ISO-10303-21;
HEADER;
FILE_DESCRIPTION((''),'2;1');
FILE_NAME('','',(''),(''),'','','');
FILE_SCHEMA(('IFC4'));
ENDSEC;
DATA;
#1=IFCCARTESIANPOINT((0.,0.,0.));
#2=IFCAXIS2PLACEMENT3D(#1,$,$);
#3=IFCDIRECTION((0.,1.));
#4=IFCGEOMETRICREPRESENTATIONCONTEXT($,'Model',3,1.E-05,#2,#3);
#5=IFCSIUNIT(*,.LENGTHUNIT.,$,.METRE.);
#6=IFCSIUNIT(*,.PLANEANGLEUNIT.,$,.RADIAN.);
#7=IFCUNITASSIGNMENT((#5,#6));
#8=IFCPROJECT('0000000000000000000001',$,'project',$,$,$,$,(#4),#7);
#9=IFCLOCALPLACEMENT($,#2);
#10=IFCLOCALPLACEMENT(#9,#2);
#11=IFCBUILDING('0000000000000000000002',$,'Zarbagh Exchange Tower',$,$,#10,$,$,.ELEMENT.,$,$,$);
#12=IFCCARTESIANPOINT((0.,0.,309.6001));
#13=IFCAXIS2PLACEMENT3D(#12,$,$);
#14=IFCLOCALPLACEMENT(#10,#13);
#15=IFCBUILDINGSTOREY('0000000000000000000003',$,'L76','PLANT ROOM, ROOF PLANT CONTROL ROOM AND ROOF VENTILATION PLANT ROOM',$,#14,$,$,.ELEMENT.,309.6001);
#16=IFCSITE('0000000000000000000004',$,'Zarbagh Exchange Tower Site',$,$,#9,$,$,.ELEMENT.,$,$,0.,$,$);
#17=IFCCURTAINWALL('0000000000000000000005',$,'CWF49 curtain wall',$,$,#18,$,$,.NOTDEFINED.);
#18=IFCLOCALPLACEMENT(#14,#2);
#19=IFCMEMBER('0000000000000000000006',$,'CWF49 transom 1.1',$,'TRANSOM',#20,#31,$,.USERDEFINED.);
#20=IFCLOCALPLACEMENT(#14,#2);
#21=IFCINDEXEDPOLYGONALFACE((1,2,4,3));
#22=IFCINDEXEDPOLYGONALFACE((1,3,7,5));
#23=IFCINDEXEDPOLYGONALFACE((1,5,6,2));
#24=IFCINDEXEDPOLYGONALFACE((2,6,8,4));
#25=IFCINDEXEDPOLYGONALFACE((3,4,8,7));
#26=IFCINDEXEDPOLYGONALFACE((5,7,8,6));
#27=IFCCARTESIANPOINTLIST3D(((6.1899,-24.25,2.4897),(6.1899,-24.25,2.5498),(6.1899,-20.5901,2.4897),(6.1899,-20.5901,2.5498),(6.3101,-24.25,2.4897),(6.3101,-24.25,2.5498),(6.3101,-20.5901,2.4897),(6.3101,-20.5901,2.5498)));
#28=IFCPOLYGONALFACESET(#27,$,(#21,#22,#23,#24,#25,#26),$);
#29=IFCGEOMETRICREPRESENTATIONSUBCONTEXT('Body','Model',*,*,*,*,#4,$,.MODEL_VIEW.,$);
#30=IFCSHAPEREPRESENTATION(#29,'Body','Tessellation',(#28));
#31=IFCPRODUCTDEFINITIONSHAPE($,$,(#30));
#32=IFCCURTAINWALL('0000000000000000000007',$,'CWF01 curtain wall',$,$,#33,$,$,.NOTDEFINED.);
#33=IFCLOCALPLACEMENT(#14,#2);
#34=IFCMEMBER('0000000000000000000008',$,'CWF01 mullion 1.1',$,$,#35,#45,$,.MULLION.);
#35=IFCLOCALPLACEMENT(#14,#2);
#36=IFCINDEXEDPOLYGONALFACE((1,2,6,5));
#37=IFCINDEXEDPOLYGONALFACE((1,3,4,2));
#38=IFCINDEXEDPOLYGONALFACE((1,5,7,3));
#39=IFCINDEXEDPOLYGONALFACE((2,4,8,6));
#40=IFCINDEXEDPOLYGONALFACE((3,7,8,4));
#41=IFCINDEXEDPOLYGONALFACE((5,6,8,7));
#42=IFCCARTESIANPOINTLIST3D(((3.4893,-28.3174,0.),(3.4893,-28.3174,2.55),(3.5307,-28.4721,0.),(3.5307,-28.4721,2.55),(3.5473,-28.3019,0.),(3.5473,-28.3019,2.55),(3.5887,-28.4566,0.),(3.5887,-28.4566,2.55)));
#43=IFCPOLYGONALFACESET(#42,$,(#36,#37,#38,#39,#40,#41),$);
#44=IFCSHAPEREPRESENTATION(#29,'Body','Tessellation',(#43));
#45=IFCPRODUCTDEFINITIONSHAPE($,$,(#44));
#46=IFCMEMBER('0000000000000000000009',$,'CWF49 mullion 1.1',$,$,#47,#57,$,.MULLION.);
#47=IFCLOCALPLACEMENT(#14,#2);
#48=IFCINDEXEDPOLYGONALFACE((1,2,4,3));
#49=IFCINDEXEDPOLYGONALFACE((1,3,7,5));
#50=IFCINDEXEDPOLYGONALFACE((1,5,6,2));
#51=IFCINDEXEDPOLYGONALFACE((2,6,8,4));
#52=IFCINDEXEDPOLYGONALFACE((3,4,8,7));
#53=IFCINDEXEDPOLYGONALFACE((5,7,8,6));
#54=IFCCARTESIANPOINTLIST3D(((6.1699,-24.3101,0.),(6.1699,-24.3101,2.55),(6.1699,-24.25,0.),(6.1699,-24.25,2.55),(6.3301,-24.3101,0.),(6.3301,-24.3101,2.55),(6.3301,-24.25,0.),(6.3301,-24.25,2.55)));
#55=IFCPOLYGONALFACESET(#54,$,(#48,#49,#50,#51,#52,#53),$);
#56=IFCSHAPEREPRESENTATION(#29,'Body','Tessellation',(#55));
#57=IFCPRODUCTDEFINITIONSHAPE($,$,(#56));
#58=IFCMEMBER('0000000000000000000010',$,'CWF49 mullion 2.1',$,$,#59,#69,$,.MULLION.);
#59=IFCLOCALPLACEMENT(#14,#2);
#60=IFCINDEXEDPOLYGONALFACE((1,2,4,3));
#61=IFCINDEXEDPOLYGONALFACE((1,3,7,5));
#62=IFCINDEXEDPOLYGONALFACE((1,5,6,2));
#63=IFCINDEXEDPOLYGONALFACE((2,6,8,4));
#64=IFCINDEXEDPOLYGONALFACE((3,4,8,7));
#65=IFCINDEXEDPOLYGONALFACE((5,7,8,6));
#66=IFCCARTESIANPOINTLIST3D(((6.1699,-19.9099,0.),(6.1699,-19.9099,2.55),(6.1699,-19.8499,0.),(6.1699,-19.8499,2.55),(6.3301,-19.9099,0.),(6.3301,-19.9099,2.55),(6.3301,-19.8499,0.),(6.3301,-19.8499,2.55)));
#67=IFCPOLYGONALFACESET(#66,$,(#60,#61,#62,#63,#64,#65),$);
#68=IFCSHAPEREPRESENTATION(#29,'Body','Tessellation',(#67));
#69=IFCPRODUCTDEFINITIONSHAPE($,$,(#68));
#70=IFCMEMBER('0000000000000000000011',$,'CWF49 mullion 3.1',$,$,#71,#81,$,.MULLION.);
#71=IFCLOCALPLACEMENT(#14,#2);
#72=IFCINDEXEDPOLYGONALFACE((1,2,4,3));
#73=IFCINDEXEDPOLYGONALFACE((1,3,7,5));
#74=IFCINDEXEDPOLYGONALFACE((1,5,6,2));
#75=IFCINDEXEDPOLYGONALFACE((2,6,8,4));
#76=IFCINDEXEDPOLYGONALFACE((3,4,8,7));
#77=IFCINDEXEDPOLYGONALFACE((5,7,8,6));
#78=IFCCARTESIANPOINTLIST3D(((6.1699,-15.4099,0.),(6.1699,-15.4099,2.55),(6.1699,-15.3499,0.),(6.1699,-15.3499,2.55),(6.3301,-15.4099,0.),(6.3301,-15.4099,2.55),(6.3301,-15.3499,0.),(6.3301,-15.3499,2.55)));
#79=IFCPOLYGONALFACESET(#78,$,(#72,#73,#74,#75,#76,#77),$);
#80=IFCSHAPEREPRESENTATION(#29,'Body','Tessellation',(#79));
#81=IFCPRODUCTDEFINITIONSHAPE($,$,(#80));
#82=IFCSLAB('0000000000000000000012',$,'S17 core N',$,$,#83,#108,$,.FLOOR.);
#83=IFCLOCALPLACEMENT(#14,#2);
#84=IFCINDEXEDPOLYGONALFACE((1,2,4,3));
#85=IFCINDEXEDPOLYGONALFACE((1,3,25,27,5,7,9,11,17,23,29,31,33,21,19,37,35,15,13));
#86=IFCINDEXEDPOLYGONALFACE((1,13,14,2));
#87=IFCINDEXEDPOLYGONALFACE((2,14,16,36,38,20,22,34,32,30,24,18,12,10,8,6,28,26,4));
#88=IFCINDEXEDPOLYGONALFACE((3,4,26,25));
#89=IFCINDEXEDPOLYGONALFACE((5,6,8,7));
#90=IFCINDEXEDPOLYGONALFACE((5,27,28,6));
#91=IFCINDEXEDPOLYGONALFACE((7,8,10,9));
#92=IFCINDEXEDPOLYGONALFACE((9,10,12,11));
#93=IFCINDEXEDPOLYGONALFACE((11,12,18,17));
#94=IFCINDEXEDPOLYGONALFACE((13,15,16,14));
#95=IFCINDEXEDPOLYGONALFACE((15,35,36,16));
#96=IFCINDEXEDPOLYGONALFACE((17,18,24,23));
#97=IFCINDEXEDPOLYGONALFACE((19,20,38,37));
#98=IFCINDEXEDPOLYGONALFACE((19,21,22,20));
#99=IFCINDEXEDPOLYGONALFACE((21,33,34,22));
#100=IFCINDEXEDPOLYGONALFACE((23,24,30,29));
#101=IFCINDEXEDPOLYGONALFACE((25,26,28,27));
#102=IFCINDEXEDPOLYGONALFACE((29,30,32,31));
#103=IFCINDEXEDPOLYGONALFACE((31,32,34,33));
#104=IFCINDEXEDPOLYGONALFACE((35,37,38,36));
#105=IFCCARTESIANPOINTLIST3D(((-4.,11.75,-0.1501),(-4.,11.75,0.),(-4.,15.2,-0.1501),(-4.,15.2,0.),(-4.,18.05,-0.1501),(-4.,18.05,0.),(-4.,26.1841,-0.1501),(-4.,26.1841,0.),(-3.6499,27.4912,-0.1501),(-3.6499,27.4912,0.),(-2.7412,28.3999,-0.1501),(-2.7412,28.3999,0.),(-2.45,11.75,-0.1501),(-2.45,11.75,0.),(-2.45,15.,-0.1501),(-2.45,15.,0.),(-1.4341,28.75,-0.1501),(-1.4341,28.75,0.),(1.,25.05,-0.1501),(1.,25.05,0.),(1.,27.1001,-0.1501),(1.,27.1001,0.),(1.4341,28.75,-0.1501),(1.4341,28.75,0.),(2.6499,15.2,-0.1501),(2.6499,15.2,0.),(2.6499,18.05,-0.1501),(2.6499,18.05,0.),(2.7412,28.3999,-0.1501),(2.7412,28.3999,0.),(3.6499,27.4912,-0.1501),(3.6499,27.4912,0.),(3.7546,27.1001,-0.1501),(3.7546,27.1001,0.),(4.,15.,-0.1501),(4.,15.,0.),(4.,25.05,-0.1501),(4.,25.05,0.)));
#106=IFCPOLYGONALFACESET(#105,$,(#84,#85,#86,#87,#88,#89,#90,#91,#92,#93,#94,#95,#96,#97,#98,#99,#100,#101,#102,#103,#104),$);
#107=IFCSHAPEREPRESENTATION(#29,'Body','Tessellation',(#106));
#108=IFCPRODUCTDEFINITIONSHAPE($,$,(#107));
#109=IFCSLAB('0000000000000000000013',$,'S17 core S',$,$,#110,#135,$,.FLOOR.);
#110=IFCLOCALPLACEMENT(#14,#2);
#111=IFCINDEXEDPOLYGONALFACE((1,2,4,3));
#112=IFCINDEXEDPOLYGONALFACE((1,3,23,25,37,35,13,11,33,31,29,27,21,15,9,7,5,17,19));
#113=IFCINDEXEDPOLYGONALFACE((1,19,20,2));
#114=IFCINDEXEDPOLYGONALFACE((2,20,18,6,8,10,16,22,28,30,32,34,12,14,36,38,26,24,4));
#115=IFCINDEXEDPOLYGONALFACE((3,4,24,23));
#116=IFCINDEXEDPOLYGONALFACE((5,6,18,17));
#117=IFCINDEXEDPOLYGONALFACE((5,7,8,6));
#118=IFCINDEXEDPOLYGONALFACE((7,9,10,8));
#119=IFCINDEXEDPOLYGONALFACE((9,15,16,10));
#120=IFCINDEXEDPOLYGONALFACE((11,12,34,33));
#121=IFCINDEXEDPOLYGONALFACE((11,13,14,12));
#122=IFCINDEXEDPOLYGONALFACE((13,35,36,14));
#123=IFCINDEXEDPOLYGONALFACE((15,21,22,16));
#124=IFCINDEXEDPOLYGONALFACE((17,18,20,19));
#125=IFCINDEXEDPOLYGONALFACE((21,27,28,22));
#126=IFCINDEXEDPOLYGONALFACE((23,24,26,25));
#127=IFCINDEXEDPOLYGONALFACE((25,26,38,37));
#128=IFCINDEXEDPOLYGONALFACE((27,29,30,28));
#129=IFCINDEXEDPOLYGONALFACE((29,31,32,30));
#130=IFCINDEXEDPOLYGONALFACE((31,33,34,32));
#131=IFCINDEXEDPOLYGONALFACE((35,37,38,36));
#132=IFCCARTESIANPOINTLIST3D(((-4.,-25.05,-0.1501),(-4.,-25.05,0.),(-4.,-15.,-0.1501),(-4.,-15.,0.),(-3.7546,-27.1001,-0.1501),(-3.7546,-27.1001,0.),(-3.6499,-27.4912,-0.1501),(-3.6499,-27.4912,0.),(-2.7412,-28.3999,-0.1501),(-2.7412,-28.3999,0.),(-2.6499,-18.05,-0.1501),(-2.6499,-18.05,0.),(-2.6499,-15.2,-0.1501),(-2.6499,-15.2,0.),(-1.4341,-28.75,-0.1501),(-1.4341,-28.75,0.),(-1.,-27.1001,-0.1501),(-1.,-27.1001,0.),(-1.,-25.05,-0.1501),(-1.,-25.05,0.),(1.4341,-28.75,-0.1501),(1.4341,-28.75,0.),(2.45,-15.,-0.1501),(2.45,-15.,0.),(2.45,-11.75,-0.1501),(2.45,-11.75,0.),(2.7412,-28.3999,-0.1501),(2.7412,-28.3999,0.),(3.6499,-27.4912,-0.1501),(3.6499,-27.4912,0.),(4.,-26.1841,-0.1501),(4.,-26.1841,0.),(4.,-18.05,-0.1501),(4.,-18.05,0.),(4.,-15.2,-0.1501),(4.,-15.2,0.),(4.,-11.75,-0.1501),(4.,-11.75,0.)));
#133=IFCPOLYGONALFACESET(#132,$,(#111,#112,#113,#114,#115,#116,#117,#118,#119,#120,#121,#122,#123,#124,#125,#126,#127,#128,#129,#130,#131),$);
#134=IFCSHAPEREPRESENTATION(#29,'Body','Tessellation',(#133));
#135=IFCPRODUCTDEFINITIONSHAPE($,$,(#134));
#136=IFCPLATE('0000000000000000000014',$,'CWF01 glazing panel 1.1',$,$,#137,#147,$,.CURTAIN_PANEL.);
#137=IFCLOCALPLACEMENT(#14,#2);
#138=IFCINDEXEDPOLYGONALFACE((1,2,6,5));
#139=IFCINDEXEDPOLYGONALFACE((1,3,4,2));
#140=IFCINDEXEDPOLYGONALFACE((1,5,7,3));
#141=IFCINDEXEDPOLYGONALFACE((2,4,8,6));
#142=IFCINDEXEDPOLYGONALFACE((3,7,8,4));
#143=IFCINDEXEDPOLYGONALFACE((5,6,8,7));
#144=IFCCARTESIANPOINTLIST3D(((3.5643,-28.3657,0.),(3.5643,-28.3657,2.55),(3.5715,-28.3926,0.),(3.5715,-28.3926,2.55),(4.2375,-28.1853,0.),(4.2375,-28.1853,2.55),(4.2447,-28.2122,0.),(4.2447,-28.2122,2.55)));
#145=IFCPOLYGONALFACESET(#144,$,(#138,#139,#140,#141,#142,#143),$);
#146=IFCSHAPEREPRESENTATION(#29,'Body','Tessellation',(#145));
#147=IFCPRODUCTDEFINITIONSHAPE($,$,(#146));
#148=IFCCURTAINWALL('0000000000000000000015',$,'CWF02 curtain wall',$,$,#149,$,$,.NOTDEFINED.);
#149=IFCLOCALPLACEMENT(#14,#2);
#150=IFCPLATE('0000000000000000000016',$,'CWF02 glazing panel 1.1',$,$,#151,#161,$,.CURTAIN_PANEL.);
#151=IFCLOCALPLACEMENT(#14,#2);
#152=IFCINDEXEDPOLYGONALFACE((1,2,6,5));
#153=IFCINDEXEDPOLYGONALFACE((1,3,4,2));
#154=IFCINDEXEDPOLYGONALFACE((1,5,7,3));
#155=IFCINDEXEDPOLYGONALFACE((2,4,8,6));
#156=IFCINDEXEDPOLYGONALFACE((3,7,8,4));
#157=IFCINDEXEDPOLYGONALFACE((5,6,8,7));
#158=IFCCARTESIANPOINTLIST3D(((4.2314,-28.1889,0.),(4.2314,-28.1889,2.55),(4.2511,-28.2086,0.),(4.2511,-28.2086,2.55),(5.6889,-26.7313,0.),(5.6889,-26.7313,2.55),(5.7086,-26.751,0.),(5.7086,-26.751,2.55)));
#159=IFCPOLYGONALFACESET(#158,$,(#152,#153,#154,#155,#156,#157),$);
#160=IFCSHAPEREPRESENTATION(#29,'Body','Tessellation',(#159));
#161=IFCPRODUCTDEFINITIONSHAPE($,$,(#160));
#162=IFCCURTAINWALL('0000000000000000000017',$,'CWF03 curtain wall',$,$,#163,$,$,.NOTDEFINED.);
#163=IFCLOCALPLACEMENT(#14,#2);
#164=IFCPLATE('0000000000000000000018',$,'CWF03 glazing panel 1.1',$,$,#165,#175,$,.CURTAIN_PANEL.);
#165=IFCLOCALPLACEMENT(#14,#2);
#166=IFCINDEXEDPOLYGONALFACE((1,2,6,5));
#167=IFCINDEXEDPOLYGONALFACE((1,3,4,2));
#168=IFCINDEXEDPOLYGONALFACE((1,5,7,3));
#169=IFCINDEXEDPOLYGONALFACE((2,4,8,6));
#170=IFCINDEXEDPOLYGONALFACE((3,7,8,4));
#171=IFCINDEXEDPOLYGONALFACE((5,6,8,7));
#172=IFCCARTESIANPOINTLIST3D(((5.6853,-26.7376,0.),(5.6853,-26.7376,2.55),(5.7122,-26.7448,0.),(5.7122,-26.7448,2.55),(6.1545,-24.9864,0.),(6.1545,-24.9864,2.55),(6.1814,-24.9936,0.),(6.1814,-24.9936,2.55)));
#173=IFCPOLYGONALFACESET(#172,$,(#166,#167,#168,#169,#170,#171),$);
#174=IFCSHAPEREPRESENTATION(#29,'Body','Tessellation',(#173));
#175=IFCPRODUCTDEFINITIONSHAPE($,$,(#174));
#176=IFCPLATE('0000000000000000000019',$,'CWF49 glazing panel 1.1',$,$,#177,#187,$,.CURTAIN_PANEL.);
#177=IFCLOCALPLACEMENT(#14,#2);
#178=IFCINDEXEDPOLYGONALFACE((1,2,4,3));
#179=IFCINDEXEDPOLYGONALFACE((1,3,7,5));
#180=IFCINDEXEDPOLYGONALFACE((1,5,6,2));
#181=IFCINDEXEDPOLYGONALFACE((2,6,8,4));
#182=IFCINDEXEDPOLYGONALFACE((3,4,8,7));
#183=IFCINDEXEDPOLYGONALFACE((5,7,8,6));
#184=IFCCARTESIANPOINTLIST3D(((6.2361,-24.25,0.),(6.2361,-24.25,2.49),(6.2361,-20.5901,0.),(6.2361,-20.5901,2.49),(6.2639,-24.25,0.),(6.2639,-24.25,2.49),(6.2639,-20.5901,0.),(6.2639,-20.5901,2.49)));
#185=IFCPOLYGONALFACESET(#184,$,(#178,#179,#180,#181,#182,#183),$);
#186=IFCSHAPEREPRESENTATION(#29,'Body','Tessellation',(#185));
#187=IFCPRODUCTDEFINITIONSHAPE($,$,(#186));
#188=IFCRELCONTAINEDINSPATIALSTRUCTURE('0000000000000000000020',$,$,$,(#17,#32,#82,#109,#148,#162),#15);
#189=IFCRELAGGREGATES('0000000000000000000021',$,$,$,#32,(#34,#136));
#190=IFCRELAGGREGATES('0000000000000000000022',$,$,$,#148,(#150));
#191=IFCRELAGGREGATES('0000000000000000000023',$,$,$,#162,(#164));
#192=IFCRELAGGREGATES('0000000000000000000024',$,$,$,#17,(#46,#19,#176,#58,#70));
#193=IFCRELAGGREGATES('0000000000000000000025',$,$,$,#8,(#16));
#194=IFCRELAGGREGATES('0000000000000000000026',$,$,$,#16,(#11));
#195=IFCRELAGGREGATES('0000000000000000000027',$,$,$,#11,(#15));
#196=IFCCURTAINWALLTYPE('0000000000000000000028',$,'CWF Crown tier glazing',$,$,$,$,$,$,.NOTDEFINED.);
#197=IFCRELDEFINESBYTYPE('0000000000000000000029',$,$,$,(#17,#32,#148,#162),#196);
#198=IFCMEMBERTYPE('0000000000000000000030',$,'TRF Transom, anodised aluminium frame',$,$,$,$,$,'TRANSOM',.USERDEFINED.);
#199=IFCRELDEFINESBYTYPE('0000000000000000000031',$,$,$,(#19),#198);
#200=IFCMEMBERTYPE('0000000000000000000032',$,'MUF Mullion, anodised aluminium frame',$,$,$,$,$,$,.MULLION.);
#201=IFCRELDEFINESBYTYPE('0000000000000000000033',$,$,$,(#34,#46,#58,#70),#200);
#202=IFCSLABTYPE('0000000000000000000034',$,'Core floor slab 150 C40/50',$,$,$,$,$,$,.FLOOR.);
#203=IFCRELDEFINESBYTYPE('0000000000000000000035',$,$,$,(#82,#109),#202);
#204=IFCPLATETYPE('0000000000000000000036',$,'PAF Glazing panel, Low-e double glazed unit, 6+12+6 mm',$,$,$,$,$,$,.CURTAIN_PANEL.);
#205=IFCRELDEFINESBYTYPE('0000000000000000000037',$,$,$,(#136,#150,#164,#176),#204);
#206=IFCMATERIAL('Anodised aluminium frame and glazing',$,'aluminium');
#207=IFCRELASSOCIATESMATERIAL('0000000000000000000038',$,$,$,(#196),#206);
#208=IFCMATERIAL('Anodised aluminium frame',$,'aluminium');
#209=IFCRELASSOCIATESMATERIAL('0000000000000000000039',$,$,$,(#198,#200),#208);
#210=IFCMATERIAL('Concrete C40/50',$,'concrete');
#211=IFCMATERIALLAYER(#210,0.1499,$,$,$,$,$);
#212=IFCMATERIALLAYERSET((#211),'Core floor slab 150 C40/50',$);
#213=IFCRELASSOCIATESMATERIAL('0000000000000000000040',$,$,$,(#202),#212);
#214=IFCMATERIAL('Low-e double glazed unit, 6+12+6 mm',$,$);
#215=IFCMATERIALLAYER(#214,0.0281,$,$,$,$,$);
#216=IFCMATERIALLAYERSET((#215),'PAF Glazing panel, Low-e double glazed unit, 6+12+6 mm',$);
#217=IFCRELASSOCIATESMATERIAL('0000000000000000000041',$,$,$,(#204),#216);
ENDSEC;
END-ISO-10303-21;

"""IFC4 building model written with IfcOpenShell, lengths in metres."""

from ifc_helpers import new_model, si_unit, direction, frame, origin, place, context, subcontext, project, spatial, polyline, outline, extrude, source, transform, mapped, material, layer, layer_set, type_object, element, aggregate, save


model = new_model("IFC4")

# Units and contexts
model_context = context("Model", 3, precision=1e-05, world=origin(), true_north=direction((0.0, 1.0)))
body_context = subcontext(model_context, "Body", "Model", "MODEL_VIEW")
ifc_project = project(units=[si_unit("LENGTHUNIT", "METRE"), si_unit("PLANEANGLEUNIT", "RADIAN")], contexts=[model_context])

# Site, building, storey
site_placement = place(None, origin())
site = spatial("IfcSite", under=ifc_project, at=site_placement, Name="Zarbagh Exchange Tower Site", CompositionType="ELEMENT", RefElevation=0.0)
building_placement = place(site_placement, origin())
building = spatial("IfcBuilding", under=site, at=building_placement, Name="Zarbagh Exchange Tower", CompositionType="ELEMENT")
storey_placement = place(building_placement, frame((0.0, 0.0, 309.6001)))
storey = spatial("IfcBuildingStorey", under=building, at=storey_placement, Name="L76", Description="PLANT ROOM, ROOF PLANT CONTROL ROOM AND ROOF VENTILATION PLANT ROOM", CompositionType="ELEMENT", Elevation=309.6001)

# Curtain walls, members
ifc_material_1 = material(Name="Anodised aluminium frame and glazing", Category="aluminium")
curtain_wall_type = type_object("IfcCurtainWallType", Name="CWF Crown tier glazing", PredefinedType="NOTDEFINED", material=ifc_material_1)
curtain_wall_1_placement = place(storey_placement, origin())
curtain_wall_1 = element("IfcCurtainWall", 1, at=curtain_wall_1_placement, inside=storey, type_object=curtain_wall_type, Name="CWF49 curtain wall", PredefinedType="NOTDEFINED")
ifc_material_2 = material(Name="Anodised aluminium frame", Category="aluminium")
member_type_1 = type_object("IfcMemberType", Name="TRF Transom, anodised aluminium frame", ElementType="TRANSOM", PredefinedType="USERDEFINED", material=ifc_material_2)
shared_shape_1 = source(origin(), body_context, "Body", "SweptSolid", [
    extrude(outline(polyline([(-0.0601, -0.0601), (0.0, -0.0601), (0.0, 0.0601), (-0.0601, 0.0601), (-0.0601, -0.0601)])), origin(), (0.0, 0.0, 1.0), 3.6599),
])
placement = place(storey_placement, origin())
member_1 = element("IfcMember", 2, at=placement, type_object=member_type_1, Name="CWF49 transom 1.1", ObjectType="TRANSOM", PredefinedType="USERDEFINED", context=body_context, shape_type="MappedRepresentation", body=[
    mapped(shared_shape_1, transform((6.25, -24.25, 2.5498), x_axis=(0.0, 0.0, 1.0), y_axis=(1.0, 0.0, 0.0), z_axis=(0.0, 1.0, 0.0))),
])
curtain_wall_2_placement = place(storey_placement, origin())
curtain_wall_2 = element("IfcCurtainWall", 3, at=curtain_wall_2_placement, inside=storey, type_object=curtain_wall_type, Name="CWF01 curtain wall", PredefinedType="NOTDEFINED")
member_type_2 = type_object("IfcMemberType", Name="MUF Mullion, anodised aluminium frame", PredefinedType="MULLION", material=ifc_material_2)
shared_shape_2 = source(origin(), body_context, "Body", "SweptSolid", [
    extrude(outline(polyline([(0.0, -0.0801), (0.0601, -0.0801), (0.0601, 0.0801), (0.0, 0.0801), (0.0, -0.0801)])), origin(), (0.0, 0.0, 1.0), 2.55),
])
member_2 = element("IfcMember", 4, at=placement, type_object=member_type_2, Name="CWF01 mullion 1.1", PredefinedType="MULLION", context=body_context, shape_type="MappedRepresentation", body=[
    mapped(shared_shape_2, transform((3.51, -28.3948, 0.0), x_axis=(0.965924, 0.258825, 0.0), y_axis=(-0.258825, 0.965924, 0.0), z_axis=(0.0, 0.0, 1.0))),
])

# Members
member_3 = element("IfcMember", 5, at=placement, type_object=member_type_2, Name="CWF49 mullion 1.1", PredefinedType="MULLION", context=body_context, shape_type="MappedRepresentation", body=[
    mapped(shared_shape_2, transform((6.25, -24.3101, 0.0), x_axis=(0.0, 1.0, 0.0), y_axis=(-1.0, 0.0, 0.0), z_axis=(0.0, 0.0, 1.0))),
])
member_4 = element("IfcMember", 6, at=placement, type_object=member_type_2, Name="CWF49 mullion 2.1", PredefinedType="MULLION", context=body_context, shape_type="MappedRepresentation", body=[
    mapped(shared_shape_2, transform((6.25, -19.9099, 0.0), x_axis=(0.0, 1.0, 0.0), y_axis=(-1.0, 0.0, 0.0), z_axis=(0.0, 0.0, 1.0))),
])
member_5 = element("IfcMember", 7, at=placement, type_object=member_type_2, Name="CWF49 mullion 3.1", PredefinedType="MULLION", context=body_context, shape_type="MappedRepresentation", body=[
    mapped(shared_shape_2, transform((6.25, -15.4099, 0.0), x_axis=(0.0, 1.0, 0.0), y_axis=(-1.0, 0.0, 0.0), z_axis=(0.0, 0.0, 1.0))),
])

# Slabs
ifc_material_3 = material(Name="Concrete C40/50", Category="concrete")
ifc_layer_1 = layer(ifc_material_3, 0.1499)
ifc_layer_set_1 = layer_set([ifc_layer_1], Name="Core floor slab 150 C40/50")
slab_type = type_object("IfcSlabType", Name="Core floor slab 150 C40/50", PredefinedType="FLOOR", material=ifc_layer_set_1)
slab_1_placement = place(storey_placement, frame((0.0, 0.0, -0.1501)))
element("IfcSlab", 8, at=slab_1_placement, inside=storey, type_object=slab_type, Name="S17 core N", PredefinedType="FLOOR", context=body_context, shape_type="SweptSolid", body=[
    extrude(outline(polyline([(-4.0, 11.75), (-4.0, 15.2), (2.6499, 15.2), (2.6499, 18.05), (-4.0, 18.05), (-4.0, 26.1841), (-3.6499, 27.4912), (-2.7412, 28.3999), (-1.4341, 28.75), (1.4341, 28.75), (2.7412, 28.3999), (3.6499, 27.4912), (3.8577, 26.7151), (3.7546, 27.1001), (1.0, 27.1001), (1.0, 25.05), (4.0, 25.05), (4.0, 15.0), (-2.45, 15.0), (-2.45, 11.75), (-4.0, 11.75)])), origin(), (0.0, 0.0, 1.0), 0.1501),
])
slab_2_placement = place(storey_placement, frame((0.0, 0.0, -0.1501)))
element("IfcSlab", 9, at=slab_2_placement, inside=storey, type_object=slab_type, Name="S17 core S", PredefinedType="FLOOR", context=body_context, shape_type="SweptSolid", body=[
    extrude(outline(polyline([(-2.7412, -28.3999), (-3.6499, -27.4912), (-3.8577, -26.7151), (-3.7546, -27.1001), (-1.0, -27.1001), (-1.0, -25.05), (-4.0, -25.05), (-4.0, -15.0), (2.45, -15.0), (2.45, -11.75), (4.0, -11.75), (4.0, -15.2), (-2.6499, -15.2), (-2.6499, -18.05), (4.0, -18.05), (4.0, -26.1841), (3.6499, -27.4912), (2.7412, -28.3999), (1.4341, -28.75), (-1.4341, -28.75), (-2.7412, -28.3999)])), origin(), (0.0, 0.0, 1.0), 0.1501),
])

# Plate
ifc_material_4 = material(Name="Low-e double glazed unit, 6+12+6 mm")
ifc_layer_2 = layer(ifc_material_4, 0.0281)
ifc_layer_set_2 = layer_set([ifc_layer_2], Name="PAF Glazing panel, Low-e double glazed unit, 6+12+6 mm")
plate_type = type_object("IfcPlateType", Name="PAF Glazing panel, Low-e double glazed unit, 6+12+6 mm", PredefinedType="CURTAIN_PANEL", material=ifc_layer_set_2)
shared_shape_3 = source(origin(), body_context, "Body", "SweptSolid", [
    extrude(outline(polyline([(0.0, -0.0139), (0.697, -0.0139), (0.697, 0.0139), (0.0, 0.0139), (0.0, -0.0139)])), origin(), (0.0, 0.0, 1.0), 2.55),
])
plate_1 = element("IfcPlate", 10, at=placement, type_object=plate_type, Name="CWF01 glazing panel 1.1", PredefinedType="CURTAIN_PANEL", context=body_context, shape_type="MappedRepresentation", body=[
    mapped(shared_shape_3, transform((3.5679, -28.3792, 0.0), x_axis=(0.965924, 0.258825, 0.0), y_axis=(-0.258825, 0.965924, 0.0), z_axis=(0.0, 0.0, 1.0))),
])
aggregate(curtain_wall_2, [member_2, plate_1])

# Curtain walls, plates
curtain_wall_3_placement = place(storey_placement, origin())
curtain_wall_3 = element("IfcCurtainWall", 11, at=curtain_wall_3_placement, inside=storey, type_object=curtain_wall_type, Name="CWF02 curtain wall", PredefinedType="NOTDEFINED")
shared_shape_4 = source(origin(), body_context, "Body", "SweptSolid", [
    extrude(outline(polyline([(0.0, -0.0139), (2.0613, -0.0139), (2.0613, 0.0139), (0.0, 0.0139), (0.0, -0.0139)])), origin(), (0.0, 0.0, 1.0), 2.55),
])
plate_2 = element("IfcPlate", 12, at=placement, type_object=plate_type, Name="CWF02 glazing panel 1.1", PredefinedType="CURTAIN_PANEL", context=body_context, shape_type="MappedRepresentation", body=[
    mapped(shared_shape_4, transform((4.2412, -28.1987, 0.0), x_axis=(0.707107, 0.707107, 0.0), y_axis=(-0.707107, 0.707107, 0.0), z_axis=(0.0, 0.0, 1.0))),
])
aggregate(curtain_wall_3, [plate_2])
curtain_wall_4_placement = place(storey_placement, origin())
curtain_wall_4 = element("IfcCurtainWall", 13, at=curtain_wall_4_placement, inside=storey, type_object=curtain_wall_type, Name="CWF03 curtain wall", PredefinedType="NOTDEFINED")
shared_shape_5 = source(origin(), body_context, "Body", "SweptSolid", [
    extrude(outline(polyline([(0.0, -0.0139), (1.813, -0.0139), (1.813, 0.0139), (0.0, 0.0139), (0.0, -0.0139)])), origin(), (0.0, 0.0, 1.0), 2.55),
])
plate_3 = element("IfcPlate", 14, at=placement, type_object=plate_type, Name="CWF03 glazing panel 1.1", PredefinedType="CURTAIN_PANEL", context=body_context, shape_type="MappedRepresentation", body=[
    mapped(shared_shape_5, transform((5.6987, -26.7412, 0.0), x_axis=(0.258825, 0.965924, 0.0), y_axis=(-0.965924, 0.258825, 0.0), z_axis=(0.0, 0.0, 1.0))),
])
aggregate(curtain_wall_4, [plate_3])

# Plate
shared_shape_6 = source(origin(), body_context, "Body", "SweptSolid", [
    extrude(outline(polyline([(0.0, -0.0139), (3.6599, -0.0139), (3.6599, 0.0139), (0.0, 0.0139), (0.0, -0.0139)])), origin(), (0.0, 0.0, 1.0), 2.49),
])
plate_4 = element("IfcPlate", 15, at=placement, type_object=plate_type, Name="CWF49 glazing panel 1.1", PredefinedType="CURTAIN_PANEL", context=body_context, shape_type="MappedRepresentation", body=[
    mapped(shared_shape_6, transform((6.25, -24.25, 0.0), x_axis=(0.0, 1.0, 0.0), y_axis=(-1.0, 0.0, 0.0), z_axis=(0.0, 0.0, 1.0))),
])
aggregate(curtain_wall_1, [member_3, member_1, plate_4, member_4, member_5])

save(model, "model.ifc")
